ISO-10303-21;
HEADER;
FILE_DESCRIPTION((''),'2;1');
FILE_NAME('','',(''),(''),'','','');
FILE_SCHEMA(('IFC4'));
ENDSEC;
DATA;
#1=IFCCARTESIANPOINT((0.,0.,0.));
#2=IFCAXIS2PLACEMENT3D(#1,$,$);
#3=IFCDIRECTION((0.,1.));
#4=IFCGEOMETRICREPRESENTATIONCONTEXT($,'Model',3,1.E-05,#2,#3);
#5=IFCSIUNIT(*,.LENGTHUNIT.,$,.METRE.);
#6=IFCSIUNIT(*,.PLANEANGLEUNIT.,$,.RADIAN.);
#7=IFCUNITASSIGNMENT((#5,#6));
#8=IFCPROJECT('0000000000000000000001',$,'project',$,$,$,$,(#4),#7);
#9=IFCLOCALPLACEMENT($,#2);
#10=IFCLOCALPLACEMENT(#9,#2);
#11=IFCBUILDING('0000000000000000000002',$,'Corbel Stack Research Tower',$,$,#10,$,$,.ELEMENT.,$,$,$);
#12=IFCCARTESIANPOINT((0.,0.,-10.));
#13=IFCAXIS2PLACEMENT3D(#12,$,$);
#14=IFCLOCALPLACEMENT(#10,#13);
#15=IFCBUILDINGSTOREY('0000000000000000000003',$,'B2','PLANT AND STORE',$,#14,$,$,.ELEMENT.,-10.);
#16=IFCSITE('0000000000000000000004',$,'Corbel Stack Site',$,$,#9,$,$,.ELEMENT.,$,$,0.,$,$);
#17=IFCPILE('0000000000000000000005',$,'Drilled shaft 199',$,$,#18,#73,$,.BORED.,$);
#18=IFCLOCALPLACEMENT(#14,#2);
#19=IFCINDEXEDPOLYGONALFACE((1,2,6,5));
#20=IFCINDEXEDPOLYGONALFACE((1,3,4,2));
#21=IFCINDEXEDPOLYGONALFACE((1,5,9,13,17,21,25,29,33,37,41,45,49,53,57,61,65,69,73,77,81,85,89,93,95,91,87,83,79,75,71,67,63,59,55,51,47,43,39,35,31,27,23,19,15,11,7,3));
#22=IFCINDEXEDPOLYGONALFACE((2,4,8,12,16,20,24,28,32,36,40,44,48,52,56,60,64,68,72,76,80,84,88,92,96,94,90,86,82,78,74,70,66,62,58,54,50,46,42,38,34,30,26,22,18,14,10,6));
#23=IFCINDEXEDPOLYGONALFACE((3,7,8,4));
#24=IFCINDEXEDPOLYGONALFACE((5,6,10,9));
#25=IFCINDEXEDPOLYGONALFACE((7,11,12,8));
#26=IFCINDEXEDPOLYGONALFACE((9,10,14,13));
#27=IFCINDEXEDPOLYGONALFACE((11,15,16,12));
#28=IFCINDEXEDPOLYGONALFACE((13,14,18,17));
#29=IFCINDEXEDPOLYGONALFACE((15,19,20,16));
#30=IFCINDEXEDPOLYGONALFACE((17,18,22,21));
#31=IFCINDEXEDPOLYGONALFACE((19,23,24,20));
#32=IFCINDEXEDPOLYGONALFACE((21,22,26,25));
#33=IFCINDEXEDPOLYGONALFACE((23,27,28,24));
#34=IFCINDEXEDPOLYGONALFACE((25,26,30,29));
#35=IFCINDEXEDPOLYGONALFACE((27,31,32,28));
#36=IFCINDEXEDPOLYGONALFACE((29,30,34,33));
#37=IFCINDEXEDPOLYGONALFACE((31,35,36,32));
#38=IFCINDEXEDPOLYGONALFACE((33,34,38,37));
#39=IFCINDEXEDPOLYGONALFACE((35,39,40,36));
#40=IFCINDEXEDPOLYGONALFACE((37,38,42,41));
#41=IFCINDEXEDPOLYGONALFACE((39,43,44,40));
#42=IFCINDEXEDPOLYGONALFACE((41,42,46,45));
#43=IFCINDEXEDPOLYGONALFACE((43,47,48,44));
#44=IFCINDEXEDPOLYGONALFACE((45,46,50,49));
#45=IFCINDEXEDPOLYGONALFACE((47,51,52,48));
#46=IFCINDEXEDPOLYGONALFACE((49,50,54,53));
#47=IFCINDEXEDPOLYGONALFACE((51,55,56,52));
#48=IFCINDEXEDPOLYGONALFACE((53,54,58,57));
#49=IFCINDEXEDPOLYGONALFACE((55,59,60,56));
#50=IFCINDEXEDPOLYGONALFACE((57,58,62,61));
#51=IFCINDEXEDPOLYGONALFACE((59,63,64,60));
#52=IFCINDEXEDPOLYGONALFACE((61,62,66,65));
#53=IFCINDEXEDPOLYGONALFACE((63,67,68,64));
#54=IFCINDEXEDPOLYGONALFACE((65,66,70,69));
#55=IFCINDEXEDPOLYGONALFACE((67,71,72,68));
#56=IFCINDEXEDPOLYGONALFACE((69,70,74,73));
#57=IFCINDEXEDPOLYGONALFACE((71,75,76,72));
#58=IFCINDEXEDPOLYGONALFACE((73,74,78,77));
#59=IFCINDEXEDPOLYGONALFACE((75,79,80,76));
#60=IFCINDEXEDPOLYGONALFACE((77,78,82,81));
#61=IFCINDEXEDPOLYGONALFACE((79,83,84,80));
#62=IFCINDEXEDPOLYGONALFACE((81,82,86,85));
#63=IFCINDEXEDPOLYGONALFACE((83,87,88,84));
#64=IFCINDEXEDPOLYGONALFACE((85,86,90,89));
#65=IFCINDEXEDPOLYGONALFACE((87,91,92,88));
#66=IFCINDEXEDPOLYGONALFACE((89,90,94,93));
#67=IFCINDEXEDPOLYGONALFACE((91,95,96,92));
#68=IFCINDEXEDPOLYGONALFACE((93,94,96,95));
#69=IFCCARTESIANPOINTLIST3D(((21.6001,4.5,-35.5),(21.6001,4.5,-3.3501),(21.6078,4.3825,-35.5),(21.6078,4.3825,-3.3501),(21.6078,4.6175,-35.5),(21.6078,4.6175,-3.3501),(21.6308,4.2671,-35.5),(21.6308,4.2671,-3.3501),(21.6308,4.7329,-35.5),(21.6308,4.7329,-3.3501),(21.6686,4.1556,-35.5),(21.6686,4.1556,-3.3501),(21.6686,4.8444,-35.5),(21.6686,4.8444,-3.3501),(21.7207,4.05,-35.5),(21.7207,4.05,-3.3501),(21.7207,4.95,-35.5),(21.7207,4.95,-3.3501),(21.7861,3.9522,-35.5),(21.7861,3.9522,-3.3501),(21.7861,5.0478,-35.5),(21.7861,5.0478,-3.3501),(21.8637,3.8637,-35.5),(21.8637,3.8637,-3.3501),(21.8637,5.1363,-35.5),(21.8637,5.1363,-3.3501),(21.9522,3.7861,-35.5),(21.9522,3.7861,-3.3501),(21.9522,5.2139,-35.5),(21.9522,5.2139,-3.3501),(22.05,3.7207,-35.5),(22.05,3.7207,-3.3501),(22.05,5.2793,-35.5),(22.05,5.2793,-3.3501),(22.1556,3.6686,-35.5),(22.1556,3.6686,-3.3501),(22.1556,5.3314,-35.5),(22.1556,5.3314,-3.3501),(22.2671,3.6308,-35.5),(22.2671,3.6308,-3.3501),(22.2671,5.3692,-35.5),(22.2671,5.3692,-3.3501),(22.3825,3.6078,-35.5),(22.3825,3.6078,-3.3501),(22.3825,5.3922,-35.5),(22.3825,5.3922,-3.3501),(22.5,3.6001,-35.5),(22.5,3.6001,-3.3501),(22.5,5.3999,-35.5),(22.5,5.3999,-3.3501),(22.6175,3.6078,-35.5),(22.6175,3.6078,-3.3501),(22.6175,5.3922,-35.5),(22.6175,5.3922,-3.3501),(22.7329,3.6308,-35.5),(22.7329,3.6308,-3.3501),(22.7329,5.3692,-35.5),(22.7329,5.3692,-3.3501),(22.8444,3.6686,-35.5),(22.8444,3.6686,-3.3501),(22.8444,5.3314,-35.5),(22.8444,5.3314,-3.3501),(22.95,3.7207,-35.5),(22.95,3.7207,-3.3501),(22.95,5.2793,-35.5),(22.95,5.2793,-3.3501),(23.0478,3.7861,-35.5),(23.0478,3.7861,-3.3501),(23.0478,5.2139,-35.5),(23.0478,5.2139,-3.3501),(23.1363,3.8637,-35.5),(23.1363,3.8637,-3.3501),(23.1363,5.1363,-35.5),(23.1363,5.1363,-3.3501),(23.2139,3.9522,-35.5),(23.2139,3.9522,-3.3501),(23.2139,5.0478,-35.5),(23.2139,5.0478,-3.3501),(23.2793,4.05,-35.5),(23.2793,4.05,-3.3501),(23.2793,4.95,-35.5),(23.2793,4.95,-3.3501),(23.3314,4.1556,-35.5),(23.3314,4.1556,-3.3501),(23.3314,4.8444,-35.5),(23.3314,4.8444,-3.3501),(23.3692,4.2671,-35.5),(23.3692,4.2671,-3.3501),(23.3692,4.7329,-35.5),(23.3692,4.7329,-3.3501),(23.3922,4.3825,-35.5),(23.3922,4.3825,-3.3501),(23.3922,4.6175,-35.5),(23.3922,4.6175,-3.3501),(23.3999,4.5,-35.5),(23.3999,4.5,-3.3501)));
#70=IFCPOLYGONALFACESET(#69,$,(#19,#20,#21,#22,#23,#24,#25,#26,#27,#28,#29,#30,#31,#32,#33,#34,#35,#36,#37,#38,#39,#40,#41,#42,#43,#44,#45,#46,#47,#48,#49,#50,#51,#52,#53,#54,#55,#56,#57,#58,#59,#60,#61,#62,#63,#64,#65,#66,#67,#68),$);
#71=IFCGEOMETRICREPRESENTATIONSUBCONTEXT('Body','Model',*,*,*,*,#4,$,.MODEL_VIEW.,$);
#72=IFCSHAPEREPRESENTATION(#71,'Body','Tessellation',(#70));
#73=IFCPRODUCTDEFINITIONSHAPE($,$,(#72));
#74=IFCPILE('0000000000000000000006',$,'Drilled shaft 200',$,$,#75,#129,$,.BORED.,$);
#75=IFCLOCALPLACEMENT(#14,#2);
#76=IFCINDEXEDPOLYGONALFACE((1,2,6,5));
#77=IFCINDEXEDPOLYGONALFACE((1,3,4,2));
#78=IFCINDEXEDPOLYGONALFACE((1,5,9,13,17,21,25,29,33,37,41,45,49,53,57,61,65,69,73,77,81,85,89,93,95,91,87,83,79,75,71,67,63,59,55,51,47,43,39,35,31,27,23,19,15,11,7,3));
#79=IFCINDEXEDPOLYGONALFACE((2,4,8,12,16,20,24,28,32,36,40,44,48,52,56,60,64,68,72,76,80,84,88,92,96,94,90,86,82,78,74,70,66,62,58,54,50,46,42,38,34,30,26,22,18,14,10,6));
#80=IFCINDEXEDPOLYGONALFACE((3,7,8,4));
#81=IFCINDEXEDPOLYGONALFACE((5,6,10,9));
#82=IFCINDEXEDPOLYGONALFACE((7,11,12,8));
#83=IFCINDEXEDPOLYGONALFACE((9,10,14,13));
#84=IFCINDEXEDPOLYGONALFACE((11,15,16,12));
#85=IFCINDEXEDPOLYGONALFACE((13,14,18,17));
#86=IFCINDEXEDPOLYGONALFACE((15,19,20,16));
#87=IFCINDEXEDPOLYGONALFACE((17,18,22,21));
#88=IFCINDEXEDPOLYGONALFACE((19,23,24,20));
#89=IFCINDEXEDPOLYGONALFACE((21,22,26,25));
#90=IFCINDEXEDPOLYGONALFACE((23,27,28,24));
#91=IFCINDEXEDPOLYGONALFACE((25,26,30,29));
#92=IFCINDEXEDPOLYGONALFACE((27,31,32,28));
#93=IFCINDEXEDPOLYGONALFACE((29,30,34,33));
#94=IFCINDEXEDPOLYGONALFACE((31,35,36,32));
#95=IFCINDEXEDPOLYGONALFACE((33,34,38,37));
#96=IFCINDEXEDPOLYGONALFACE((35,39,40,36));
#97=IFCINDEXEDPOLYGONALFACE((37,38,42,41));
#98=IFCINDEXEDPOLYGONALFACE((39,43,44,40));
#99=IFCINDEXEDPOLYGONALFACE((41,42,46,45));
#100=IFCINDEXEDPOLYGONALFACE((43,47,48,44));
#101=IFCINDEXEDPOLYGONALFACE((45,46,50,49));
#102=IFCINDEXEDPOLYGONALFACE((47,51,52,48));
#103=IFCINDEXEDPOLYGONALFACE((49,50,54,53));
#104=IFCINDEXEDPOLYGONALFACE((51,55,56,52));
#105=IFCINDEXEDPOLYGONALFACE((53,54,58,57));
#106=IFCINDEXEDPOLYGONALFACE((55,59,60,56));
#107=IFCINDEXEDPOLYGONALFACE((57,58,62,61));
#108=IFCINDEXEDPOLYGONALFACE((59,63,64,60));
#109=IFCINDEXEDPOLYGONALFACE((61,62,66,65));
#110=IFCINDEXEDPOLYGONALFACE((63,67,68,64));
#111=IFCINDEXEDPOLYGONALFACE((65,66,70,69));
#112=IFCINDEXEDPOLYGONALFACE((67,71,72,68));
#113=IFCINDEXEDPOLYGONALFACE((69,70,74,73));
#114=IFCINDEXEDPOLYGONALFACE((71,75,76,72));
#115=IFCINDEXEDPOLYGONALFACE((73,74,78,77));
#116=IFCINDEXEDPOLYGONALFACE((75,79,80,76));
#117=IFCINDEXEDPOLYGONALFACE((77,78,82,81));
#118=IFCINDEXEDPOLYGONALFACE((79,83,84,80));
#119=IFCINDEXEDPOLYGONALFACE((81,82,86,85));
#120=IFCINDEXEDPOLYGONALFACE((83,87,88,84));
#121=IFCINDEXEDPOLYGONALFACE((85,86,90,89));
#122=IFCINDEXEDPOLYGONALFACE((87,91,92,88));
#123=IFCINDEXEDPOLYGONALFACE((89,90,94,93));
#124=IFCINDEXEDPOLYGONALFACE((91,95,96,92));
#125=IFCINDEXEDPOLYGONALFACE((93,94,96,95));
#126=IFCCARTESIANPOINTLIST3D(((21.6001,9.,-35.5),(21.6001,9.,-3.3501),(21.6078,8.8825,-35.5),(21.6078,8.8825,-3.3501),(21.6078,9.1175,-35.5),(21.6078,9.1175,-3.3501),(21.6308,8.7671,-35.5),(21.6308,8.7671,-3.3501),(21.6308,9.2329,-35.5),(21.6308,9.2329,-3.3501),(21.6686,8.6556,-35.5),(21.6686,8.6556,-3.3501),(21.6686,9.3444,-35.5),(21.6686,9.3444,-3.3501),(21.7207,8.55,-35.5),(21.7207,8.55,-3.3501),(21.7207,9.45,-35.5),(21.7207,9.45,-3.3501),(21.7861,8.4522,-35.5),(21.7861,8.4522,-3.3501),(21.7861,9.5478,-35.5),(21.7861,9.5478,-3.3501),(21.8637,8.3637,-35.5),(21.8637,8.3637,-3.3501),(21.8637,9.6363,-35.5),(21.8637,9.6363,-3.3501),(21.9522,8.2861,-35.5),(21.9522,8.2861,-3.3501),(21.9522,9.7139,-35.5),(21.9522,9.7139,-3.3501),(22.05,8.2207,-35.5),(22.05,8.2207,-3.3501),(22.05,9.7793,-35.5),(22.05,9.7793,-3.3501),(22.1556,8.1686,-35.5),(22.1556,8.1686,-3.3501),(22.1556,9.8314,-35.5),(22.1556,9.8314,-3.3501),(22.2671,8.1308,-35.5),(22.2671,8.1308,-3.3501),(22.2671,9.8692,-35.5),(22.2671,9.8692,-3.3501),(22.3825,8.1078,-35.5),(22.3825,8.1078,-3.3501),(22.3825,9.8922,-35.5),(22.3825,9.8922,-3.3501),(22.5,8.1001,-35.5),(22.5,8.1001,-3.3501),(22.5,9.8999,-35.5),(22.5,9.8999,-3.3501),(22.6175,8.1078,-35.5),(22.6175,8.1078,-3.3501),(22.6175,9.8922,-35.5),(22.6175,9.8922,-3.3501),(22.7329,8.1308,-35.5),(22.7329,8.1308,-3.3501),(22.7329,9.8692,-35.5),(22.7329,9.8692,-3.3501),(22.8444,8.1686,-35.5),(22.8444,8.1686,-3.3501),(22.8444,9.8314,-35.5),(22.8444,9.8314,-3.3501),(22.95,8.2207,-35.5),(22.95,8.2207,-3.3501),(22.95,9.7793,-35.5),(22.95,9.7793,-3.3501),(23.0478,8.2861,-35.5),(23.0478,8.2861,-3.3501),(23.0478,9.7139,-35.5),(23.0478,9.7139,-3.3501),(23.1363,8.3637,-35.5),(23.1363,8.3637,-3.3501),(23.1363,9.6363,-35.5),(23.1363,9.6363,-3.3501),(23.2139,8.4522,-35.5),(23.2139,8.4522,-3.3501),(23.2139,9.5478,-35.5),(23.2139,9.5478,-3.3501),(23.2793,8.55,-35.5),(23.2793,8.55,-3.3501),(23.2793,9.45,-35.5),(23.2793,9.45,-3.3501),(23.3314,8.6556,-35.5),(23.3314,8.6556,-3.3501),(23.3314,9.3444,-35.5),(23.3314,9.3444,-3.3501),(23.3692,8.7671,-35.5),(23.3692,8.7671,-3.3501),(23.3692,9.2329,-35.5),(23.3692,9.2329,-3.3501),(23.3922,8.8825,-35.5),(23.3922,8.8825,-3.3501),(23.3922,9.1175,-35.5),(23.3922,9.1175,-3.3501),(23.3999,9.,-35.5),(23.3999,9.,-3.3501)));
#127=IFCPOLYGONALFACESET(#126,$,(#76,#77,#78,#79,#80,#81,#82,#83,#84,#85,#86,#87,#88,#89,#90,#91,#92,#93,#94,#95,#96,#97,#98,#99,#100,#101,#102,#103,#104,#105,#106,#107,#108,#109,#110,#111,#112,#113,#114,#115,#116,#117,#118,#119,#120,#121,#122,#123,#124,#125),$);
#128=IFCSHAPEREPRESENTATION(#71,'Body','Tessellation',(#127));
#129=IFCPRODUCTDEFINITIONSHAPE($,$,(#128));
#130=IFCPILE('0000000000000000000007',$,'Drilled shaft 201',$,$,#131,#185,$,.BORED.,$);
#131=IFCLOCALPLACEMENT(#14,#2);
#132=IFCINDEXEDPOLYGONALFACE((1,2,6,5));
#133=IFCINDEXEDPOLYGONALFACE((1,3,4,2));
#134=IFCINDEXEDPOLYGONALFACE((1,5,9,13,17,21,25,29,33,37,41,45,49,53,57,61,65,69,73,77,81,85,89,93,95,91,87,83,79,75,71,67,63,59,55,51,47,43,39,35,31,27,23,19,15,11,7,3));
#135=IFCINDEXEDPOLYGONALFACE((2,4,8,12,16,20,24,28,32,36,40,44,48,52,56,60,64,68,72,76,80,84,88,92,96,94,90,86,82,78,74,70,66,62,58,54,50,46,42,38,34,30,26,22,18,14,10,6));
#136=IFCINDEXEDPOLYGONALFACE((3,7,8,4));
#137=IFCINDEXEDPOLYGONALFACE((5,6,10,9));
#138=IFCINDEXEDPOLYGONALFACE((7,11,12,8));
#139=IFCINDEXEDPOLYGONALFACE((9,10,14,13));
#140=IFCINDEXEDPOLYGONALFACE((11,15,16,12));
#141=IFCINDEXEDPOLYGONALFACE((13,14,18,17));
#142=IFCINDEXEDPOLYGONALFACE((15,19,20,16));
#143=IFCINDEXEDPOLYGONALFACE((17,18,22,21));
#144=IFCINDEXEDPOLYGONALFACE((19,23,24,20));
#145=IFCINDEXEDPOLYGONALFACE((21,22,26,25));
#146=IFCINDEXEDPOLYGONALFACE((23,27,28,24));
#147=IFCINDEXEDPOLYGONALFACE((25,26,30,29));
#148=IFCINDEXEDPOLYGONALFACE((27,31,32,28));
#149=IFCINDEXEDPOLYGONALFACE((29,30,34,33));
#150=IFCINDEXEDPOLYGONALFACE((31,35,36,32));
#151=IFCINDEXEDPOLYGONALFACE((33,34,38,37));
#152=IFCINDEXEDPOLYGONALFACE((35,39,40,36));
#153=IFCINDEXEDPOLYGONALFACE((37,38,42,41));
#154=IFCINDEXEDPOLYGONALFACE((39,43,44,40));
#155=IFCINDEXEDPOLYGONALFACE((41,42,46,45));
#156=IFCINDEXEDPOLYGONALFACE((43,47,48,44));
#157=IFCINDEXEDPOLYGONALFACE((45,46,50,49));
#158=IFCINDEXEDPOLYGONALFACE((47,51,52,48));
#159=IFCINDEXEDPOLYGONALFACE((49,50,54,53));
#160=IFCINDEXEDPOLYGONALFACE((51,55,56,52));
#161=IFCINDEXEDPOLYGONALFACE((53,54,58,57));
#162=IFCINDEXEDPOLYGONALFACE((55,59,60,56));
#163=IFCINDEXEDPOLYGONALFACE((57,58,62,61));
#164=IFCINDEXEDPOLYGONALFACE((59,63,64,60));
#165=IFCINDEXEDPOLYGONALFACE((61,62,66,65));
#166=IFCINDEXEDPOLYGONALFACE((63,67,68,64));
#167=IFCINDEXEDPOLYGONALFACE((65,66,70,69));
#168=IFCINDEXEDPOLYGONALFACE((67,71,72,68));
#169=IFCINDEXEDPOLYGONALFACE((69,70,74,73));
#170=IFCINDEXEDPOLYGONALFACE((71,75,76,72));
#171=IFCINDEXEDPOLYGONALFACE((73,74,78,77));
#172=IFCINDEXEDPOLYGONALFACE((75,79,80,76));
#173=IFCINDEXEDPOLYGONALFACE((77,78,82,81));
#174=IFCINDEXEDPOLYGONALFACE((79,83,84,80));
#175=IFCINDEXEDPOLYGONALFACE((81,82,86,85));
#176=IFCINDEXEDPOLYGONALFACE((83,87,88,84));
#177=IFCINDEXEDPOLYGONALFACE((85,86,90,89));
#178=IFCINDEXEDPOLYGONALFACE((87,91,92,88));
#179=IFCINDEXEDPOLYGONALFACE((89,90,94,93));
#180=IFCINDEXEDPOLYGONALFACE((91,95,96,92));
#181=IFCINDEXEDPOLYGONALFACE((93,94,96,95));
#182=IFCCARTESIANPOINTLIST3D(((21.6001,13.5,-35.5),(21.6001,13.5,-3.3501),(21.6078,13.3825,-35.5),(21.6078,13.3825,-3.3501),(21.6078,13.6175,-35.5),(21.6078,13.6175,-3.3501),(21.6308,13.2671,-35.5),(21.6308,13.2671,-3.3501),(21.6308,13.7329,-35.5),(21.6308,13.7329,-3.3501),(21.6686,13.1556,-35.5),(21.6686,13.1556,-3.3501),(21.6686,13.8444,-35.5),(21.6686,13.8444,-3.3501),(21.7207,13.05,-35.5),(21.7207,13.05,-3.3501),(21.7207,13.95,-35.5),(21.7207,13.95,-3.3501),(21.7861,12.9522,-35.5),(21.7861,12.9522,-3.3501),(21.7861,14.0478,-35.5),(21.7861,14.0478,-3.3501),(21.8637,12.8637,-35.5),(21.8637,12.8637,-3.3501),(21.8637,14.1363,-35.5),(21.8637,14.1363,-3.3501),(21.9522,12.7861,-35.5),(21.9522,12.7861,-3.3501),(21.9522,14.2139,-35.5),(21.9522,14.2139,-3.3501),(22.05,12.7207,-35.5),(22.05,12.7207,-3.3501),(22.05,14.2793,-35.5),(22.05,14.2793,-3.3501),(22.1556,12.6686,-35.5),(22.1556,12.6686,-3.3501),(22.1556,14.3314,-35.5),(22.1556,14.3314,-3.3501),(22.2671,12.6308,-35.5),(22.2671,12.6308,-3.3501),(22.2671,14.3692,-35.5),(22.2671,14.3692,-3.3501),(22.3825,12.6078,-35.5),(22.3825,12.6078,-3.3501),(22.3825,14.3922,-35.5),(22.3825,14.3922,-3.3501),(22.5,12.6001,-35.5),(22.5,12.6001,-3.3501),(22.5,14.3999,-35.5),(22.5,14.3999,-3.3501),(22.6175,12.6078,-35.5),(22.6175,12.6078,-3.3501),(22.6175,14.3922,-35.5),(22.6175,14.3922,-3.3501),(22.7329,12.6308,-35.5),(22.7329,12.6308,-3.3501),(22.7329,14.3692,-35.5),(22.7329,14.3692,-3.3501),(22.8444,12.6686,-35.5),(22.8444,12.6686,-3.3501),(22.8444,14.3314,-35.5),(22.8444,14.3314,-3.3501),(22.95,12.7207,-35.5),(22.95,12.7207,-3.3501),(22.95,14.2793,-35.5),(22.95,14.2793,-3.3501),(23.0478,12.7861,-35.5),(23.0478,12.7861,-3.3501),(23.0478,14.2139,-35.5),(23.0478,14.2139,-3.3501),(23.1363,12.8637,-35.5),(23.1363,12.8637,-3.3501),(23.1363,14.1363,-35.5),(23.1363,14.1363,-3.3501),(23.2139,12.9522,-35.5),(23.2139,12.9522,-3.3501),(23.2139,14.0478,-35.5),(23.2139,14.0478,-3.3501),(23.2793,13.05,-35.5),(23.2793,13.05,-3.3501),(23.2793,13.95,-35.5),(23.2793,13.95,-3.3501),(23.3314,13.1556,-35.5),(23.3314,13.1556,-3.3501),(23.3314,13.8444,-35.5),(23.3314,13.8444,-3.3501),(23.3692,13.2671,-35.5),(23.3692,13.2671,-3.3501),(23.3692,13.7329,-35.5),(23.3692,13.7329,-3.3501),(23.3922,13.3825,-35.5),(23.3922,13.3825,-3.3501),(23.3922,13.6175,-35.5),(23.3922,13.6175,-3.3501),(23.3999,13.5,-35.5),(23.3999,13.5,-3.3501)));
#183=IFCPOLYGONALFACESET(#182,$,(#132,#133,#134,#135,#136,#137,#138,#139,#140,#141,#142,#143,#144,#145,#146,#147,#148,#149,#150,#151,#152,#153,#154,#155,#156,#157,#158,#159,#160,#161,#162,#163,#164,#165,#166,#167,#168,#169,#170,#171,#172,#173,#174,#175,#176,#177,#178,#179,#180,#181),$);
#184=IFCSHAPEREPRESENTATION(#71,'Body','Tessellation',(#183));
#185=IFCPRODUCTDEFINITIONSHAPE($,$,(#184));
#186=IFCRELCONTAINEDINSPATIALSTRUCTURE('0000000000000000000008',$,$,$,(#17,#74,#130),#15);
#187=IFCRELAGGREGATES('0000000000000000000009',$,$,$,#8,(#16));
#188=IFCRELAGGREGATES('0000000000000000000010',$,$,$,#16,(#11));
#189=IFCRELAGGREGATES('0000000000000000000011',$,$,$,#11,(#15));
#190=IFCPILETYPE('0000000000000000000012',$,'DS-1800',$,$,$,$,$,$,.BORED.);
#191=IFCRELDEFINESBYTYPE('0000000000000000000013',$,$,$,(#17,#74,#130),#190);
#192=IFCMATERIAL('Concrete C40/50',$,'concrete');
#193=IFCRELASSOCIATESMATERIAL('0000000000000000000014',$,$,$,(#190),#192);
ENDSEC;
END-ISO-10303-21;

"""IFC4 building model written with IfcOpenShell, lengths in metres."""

from ifc_helpers import new_model, si_unit, direction, frame, origin, origin_2d, place, context, subcontext, project, spatial, circle, extrude, material, material_profile, profile_set, type_object, element, save


model = new_model("IFC4")

# Units and contexts
model_context = context("Model", 3, precision=1e-05, world=origin(), true_north=direction((0.0, 1.0)))
body_context = subcontext(model_context, "Body", "Model", "MODEL_VIEW")
ifc_project = project(units=[si_unit("LENGTHUNIT", "METRE"), si_unit("PLANEANGLEUNIT", "RADIAN")], contexts=[model_context])

# Site, building, storey
site_placement = place(None, origin())
site = spatial("IfcSite", under=ifc_project, at=site_placement, Name="Corbel Stack Site", CompositionType="ELEMENT", RefElevation=0.0)
building_placement = place(site_placement, origin())
building = spatial("IfcBuilding", under=site, at=building_placement, Name="Corbel Stack Research Tower", CompositionType="ELEMENT")
storey_placement = place(building_placement, frame((0.0, 0.0, -10.0)))
storey = spatial("IfcBuildingStorey", under=building, at=storey_placement, Name="B2", Description="PLANT AND STORE", CompositionType="ELEMENT", Elevation=-10.0)

# Piles
ifc_material_1 = material(Name="Concrete C40/50", Category="concrete")
ifc_material_profile_1 = material_profile(ifc_material_1, circle(Radius=0.8999, at=origin_2d()), Name="Shaft 1800")
ifc_profile_set_1 = profile_set([ifc_material_profile_1], Name="Concrete C40/50")
pile_type = type_object("IfcPileType", Name="DS-1800", PredefinedType="BORED", material=ifc_profile_set_1)
for number, where, z_axis, x_axis, name in (
    (1, (22.5, 4.5, -3.3501), (0.0, 0.0, -1.0), (1.0, 0.0, 0.0), "Drilled shaft 199"),
    (2, (22.5, 9.0, -3.3501), (0.0, 0.0, -1.0), (1.0, 0.0, 0.0), "Drilled shaft 200"),
    (3, (22.5, 13.5, -3.3501), (0.0, 0.0, -1.0), (1.0, 0.0, 0.0), "Drilled shaft 201"),
):
    element("IfcPile", number, at=place(storey_placement, frame(where, z_axis=z_axis, x_axis=x_axis)), inside=storey, type_object=pile_type, Name=name, PredefinedType="BORED", context=body_context, shape_type="SweptSolid", body=[
        extrude(circle(Radius=0.8999, at=origin_2d()), origin(), (0.0, 0.0, 1.0), 32.1499),
    ])

save(model, "model.ifc")
